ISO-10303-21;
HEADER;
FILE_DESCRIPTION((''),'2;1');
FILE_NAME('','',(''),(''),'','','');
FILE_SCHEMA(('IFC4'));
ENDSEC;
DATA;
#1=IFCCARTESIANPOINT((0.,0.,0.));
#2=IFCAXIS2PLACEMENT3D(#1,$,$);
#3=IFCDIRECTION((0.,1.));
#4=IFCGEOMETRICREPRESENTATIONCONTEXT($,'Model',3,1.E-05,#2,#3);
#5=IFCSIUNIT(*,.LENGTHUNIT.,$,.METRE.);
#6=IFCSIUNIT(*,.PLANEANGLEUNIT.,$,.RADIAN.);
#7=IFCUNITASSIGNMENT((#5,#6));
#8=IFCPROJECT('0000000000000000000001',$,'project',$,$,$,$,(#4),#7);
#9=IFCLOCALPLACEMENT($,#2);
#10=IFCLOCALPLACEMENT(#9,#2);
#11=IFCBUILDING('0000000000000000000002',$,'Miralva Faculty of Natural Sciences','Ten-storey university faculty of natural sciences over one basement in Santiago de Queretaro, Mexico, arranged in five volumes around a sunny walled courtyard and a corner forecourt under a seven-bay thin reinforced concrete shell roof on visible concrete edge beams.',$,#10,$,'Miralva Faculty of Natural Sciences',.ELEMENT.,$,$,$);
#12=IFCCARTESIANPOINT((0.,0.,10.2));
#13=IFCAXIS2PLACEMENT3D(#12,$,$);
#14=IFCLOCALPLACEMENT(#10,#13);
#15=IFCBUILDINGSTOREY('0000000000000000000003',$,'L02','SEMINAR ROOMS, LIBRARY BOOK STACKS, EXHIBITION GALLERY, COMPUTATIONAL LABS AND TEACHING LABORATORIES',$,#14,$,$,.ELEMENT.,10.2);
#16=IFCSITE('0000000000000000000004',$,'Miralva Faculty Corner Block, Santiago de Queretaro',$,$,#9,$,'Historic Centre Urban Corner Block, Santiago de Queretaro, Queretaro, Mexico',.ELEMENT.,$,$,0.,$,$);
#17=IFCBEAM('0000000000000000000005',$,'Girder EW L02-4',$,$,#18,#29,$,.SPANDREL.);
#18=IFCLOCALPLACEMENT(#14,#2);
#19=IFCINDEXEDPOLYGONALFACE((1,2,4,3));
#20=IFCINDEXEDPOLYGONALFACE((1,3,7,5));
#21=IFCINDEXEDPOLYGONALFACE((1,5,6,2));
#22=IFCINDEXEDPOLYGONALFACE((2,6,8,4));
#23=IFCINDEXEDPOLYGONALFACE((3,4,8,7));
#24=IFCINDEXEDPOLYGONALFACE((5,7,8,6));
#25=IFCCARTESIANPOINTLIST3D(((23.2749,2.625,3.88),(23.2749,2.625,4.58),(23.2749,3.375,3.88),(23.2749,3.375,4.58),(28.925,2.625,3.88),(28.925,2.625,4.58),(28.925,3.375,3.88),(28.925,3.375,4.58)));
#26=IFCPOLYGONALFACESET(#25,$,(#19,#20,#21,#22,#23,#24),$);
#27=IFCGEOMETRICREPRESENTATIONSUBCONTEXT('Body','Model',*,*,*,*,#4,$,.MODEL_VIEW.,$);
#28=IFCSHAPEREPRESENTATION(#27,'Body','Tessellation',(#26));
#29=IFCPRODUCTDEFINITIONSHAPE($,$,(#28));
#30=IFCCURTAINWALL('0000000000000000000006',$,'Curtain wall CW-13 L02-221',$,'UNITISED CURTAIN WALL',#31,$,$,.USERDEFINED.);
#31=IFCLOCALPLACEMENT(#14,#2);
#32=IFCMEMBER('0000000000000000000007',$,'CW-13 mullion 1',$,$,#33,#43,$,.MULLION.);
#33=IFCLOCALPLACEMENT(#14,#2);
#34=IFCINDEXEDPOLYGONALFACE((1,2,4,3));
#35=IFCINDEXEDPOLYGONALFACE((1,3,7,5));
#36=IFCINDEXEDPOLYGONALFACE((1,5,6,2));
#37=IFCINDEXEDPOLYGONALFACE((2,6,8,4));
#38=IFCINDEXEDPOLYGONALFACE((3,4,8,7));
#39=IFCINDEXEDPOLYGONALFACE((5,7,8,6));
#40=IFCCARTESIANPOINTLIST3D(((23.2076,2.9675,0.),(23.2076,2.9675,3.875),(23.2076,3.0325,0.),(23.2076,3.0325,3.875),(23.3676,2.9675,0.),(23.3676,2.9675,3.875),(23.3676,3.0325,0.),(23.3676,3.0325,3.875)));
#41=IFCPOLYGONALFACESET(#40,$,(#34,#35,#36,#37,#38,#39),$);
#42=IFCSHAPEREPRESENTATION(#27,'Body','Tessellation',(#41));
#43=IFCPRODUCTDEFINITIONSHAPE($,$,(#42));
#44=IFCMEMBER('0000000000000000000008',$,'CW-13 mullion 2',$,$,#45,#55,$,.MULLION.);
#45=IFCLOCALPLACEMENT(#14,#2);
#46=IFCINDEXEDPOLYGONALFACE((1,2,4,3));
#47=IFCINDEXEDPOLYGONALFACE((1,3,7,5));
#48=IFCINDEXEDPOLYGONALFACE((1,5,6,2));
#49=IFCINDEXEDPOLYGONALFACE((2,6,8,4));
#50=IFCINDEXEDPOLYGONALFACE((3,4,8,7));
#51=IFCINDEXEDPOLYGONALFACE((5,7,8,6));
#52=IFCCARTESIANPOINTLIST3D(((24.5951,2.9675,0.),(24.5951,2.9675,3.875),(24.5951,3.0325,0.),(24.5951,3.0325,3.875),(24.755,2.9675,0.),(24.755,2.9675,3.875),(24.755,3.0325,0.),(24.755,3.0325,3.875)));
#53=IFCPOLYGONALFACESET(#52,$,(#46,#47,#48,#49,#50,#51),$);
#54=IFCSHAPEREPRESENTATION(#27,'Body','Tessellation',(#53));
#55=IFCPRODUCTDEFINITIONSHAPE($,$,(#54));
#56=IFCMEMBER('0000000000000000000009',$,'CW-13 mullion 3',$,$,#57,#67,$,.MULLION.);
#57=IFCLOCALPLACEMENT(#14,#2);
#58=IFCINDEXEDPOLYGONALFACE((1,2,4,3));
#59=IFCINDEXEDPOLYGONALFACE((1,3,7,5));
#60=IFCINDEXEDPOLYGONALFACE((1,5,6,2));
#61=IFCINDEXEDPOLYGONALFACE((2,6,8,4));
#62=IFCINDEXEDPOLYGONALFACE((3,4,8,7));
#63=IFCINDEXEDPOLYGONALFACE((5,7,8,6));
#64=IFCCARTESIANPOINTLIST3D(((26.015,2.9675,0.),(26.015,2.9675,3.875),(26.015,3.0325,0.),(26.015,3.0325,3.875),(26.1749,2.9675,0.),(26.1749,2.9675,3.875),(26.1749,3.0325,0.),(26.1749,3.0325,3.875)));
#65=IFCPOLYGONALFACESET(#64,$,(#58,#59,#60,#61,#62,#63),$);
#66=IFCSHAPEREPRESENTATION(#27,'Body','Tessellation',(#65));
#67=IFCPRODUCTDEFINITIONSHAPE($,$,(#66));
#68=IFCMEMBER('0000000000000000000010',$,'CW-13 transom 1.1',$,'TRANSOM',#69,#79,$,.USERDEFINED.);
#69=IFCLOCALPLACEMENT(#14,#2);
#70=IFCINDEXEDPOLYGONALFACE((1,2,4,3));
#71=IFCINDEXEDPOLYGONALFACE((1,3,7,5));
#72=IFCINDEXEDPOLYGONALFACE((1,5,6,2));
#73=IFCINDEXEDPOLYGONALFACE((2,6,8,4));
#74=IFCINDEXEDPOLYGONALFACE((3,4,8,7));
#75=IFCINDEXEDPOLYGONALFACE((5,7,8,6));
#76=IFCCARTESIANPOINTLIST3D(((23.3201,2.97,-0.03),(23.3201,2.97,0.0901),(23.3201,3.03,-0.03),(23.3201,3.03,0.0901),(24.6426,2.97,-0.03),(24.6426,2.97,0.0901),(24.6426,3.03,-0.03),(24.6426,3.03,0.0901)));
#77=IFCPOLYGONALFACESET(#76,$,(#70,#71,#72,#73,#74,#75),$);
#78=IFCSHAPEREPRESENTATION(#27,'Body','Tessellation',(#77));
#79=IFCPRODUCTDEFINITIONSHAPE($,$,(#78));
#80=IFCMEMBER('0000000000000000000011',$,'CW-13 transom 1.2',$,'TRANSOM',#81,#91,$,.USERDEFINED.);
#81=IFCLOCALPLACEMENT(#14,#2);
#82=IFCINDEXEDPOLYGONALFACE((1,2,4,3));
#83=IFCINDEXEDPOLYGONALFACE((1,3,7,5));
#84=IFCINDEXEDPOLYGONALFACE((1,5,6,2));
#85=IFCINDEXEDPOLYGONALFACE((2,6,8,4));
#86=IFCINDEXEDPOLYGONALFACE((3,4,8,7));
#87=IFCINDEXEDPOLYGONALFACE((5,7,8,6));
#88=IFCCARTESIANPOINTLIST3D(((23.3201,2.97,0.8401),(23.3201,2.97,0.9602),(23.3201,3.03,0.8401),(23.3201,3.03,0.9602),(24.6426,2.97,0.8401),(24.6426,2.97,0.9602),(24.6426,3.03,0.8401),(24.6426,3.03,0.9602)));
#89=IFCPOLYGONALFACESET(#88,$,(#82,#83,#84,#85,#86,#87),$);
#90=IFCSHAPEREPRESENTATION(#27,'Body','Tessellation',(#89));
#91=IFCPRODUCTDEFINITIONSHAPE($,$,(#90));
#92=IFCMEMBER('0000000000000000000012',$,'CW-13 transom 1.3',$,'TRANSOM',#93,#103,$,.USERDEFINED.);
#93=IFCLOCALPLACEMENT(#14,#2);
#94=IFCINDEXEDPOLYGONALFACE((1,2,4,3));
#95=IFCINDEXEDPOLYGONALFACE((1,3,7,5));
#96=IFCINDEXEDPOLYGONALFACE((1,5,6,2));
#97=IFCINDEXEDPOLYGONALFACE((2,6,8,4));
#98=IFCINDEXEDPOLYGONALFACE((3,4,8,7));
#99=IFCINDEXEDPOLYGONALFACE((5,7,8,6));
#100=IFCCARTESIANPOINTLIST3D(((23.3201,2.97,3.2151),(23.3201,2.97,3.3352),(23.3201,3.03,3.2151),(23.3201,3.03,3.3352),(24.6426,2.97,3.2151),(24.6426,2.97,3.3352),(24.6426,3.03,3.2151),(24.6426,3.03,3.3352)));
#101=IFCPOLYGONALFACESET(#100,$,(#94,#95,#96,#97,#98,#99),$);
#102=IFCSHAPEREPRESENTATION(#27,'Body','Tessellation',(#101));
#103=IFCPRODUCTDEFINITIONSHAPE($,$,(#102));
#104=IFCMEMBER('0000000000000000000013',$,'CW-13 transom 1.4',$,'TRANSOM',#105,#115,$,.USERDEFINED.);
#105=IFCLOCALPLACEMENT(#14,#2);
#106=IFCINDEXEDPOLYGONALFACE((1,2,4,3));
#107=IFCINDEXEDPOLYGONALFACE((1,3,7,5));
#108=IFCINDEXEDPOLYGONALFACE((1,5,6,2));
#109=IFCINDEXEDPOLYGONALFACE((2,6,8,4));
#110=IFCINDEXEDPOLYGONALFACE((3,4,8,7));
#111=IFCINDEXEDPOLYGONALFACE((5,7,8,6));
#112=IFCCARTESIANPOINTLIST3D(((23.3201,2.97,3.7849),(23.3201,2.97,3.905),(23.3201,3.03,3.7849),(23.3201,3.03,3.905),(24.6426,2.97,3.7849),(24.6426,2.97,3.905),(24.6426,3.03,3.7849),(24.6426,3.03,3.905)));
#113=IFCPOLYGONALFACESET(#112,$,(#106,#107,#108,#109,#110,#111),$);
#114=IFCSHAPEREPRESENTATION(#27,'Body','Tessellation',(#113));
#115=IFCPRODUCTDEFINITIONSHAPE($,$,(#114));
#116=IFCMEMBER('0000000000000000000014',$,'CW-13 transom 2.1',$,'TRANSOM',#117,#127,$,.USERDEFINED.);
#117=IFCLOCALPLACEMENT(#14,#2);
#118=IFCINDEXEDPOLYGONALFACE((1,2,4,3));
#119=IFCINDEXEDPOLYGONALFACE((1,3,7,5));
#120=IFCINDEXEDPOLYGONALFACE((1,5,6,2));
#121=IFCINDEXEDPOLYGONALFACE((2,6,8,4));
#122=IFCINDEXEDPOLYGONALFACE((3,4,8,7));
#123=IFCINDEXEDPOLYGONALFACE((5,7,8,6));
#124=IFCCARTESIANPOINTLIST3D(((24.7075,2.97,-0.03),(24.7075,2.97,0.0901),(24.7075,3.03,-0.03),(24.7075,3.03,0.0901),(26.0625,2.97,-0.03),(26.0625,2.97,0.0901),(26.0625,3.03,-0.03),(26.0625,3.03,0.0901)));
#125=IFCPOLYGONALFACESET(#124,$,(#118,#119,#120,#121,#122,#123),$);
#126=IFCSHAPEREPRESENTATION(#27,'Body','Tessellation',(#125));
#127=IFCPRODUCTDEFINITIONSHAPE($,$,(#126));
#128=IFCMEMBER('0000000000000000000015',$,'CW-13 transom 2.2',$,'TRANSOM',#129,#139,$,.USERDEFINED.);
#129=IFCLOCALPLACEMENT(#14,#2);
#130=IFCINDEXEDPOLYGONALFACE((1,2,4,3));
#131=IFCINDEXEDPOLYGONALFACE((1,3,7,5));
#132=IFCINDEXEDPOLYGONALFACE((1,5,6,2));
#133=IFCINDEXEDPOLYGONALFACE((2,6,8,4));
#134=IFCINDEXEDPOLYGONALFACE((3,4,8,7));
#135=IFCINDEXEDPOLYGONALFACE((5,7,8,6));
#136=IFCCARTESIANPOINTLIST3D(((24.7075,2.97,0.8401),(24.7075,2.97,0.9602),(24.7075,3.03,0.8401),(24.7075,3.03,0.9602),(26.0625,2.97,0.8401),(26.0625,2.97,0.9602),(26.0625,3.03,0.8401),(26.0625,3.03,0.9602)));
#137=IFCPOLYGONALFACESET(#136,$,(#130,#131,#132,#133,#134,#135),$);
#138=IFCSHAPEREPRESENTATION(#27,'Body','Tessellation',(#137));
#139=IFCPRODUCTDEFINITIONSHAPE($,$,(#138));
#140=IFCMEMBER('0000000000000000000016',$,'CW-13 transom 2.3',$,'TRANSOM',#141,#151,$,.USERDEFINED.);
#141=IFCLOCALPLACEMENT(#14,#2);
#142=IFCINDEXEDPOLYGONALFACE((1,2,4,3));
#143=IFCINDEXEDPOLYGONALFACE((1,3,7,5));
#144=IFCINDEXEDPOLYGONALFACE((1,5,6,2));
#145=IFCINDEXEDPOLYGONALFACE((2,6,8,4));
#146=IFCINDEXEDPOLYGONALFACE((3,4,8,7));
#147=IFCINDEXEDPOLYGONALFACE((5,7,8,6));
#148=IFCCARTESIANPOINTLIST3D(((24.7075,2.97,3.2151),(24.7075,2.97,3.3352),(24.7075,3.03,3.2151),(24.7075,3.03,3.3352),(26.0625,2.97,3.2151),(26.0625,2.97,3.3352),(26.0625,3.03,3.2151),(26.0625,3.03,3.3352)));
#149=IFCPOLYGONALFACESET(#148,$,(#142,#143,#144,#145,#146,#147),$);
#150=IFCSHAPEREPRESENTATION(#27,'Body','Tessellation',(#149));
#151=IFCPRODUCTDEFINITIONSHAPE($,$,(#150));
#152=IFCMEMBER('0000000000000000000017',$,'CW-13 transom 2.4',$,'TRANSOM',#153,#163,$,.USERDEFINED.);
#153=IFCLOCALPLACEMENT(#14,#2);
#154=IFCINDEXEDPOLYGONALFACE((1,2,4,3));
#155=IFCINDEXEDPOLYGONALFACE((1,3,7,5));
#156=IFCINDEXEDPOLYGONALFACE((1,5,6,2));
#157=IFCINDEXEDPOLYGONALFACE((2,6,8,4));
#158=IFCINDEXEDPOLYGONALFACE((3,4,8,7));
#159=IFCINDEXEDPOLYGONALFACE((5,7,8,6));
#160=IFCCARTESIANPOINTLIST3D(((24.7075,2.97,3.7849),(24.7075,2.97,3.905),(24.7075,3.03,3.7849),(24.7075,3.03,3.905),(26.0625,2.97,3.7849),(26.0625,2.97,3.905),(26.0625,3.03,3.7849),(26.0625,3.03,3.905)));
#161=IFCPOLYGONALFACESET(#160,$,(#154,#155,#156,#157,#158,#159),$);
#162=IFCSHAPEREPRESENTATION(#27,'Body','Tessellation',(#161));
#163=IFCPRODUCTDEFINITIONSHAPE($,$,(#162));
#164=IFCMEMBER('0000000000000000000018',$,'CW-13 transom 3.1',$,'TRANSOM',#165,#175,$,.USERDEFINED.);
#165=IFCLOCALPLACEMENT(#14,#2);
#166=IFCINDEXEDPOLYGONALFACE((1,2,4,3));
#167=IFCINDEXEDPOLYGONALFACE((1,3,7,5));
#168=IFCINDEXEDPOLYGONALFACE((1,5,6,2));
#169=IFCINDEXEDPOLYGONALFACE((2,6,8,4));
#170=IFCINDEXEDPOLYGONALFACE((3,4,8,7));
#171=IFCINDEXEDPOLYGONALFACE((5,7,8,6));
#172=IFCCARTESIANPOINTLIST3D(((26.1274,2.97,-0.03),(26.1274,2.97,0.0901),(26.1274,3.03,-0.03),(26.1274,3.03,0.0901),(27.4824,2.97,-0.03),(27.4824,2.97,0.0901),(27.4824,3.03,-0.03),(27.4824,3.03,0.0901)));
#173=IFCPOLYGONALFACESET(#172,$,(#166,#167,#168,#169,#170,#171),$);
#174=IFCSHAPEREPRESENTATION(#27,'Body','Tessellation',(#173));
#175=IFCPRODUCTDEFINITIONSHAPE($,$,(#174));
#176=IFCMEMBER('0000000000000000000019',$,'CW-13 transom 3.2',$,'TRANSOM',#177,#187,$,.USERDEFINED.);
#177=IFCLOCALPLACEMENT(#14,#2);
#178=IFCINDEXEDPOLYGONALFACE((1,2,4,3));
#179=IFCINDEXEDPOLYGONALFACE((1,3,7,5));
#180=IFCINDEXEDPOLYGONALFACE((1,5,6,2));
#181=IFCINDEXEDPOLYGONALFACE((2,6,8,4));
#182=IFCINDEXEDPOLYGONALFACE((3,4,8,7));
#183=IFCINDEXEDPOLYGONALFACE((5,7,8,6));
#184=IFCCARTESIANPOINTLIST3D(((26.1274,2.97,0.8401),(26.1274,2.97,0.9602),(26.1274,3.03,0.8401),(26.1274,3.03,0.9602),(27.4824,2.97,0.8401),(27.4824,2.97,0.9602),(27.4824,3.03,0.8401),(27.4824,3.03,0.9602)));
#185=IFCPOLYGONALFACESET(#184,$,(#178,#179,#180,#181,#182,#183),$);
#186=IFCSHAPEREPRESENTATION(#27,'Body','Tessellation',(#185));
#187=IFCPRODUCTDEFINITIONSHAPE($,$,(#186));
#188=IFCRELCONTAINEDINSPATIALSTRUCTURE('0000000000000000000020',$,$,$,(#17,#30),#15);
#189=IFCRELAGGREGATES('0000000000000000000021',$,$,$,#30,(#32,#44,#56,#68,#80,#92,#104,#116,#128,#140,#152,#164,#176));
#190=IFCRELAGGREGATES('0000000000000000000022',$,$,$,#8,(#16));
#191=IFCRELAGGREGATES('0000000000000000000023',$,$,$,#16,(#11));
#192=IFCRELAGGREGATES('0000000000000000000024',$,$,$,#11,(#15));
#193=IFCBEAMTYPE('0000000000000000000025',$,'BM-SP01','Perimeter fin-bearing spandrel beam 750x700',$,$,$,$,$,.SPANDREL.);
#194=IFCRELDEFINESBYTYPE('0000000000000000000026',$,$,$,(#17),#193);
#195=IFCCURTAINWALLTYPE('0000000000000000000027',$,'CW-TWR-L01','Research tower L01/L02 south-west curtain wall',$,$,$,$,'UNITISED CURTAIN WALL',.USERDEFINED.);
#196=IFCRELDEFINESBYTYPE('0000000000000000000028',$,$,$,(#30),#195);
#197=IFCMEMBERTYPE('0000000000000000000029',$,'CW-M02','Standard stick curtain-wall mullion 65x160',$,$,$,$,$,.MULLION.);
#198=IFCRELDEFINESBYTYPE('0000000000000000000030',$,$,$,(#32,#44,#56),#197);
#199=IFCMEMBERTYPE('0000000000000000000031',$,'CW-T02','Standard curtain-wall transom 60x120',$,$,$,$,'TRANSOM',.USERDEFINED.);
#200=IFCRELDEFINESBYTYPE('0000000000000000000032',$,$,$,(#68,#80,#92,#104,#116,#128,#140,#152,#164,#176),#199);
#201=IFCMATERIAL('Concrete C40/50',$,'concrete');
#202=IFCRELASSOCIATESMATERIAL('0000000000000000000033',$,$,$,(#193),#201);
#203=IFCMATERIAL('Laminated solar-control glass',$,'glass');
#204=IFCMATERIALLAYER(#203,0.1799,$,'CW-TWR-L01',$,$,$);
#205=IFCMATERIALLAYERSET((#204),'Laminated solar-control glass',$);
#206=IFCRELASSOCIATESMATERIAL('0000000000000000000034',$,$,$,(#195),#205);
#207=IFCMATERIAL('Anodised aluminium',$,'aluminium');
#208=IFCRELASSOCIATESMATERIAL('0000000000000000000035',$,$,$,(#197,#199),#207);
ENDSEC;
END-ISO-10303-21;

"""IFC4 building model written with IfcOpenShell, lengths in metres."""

from ifc_helpers import new_model, si_unit, direction, frame, origin, origin_2d, place, context, subcontext, project, spatial, rectangle, extrude, material, layer, layer_set, material_profile, profile_set, type_object, element, aggregate, save


model = new_model("IFC4")

# Units and contexts
model_context = context("Model", 3, precision=1e-05, world=origin(), true_north=direction((0.0, 1.0)))
body_context = subcontext(model_context, "Body", "Model", "MODEL_VIEW")
ifc_project = project(units=[si_unit("LENGTHUNIT", "METRE"), si_unit("PLANEANGLEUNIT", "RADIAN")], contexts=[model_context])

# Site, building, storey
site_placement = place(None, origin())
site = spatial("IfcSite", under=ifc_project, at=site_placement, Name="Miralva Faculty Corner Block, Santiago de Queretaro", LongName="Historic Centre Urban Corner Block, Santiago de Queretaro, Queretaro, Mexico", CompositionType="ELEMENT", RefElevation=0.0)
building_placement = place(site_placement, origin())
building = spatial("IfcBuilding", under=site, at=building_placement, Name="Miralva Faculty of Natural Sciences", Description="Ten-storey university faculty of natural sciences over one basement in Santiago de Queretaro, Mexico, arranged in five volumes around a sunny walled courtyard and a corner forecourt under a seven-bay thin reinforced concrete shell roof on visible concrete edge beams.", LongName="Miralva Faculty of Natural Sciences", CompositionType="ELEMENT")
storey_placement = place(building_placement, frame((0.0, 0.0, 10.2)))
storey = spatial("IfcBuildingStorey", under=building, at=storey_placement, Name="L02", Description="SEMINAR ROOMS, LIBRARY BOOK STACKS, EXHIBITION GALLERY, COMPUTATIONAL LABS AND TEACHING LABORATORIES", CompositionType="ELEMENT", Elevation=10.2)

# Beam
ifc_material_1 = material(Name="Concrete C40/50", Category="concrete")
ifc_material_profile_1 = material_profile(ifc_material_1, rectangle(XDim=0.75, YDim=0.7, at=origin_2d()), Name="RC 750x700")
ifc_profile_set_1 = profile_set([ifc_material_profile_1], Name="Concrete C40/50")
beam_type = type_object("IfcBeamType", Name="BM-SP01", Description="Perimeter fin-bearing spandrel beam 750x700", PredefinedType="SPANDREL", material=ifc_profile_set_1)
beam_placement = place(storey_placement, frame((23.2749, 3.0, 4.23), z_axis=(1.0, 0.0, 0.0), x_axis=(0.0, 1.0, 0.0)))
element("IfcBeam", 1, at=beam_placement, inside=storey, type_object=beam_type, Name="Girder EW L02-4", PredefinedType="SPANDREL", context=body_context, shape_type="SweptSolid", body=[
    extrude(rectangle(XDim=0.75, YDim=0.7, at=origin_2d()), origin(), (0.0, 0.0, 1.0), 5.6501),
])

# Curtain wall, members
ifc_material_2 = material(Name="Laminated solar-control glass", Category="glass")
ifc_layer_1 = layer(ifc_material_2, 0.1799, Name="CW-TWR-L01")
ifc_layer_set_1 = layer_set([ifc_layer_1], Name="Laminated solar-control glass")
curtain_wall_type = type_object("IfcCurtainWallType", Name="CW-TWR-L01", Description="Research tower L01/L02 south-west curtain wall", ElementType="UNITISED CURTAIN WALL", PredefinedType="USERDEFINED", material=ifc_layer_set_1)
curtain_wall_placement = place(storey_placement, origin())
curtain_wall = element("IfcCurtainWall", 2, at=curtain_wall_placement, inside=storey, type_object=curtain_wall_type, Name="Curtain wall CW-13 L02-221", ObjectType="UNITISED CURTAIN WALL", PredefinedType="USERDEFINED")
ifc_material_3 = material(Name="Anodised aluminium", Category="aluminium")
ifc_material_profile_2 = material_profile(ifc_material_3, rectangle(XDim=0.0649, YDim=0.1599, at=origin_2d()), Name="MULLION 65x160")
ifc_profile_set_2 = profile_set([ifc_material_profile_2], Name="Anodised aluminium")
member_type_1 = type_object("IfcMemberType", Name="CW-M02", Description="Standard stick curtain-wall mullion 65x160", PredefinedType="MULLION", material=ifc_profile_set_2)
member_1_placement = place(storey_placement, frame((23.2876, 3.0, 0.0), z_axis=(0.0, 0.0, 1.0), x_axis=(0.0, 1.0, 0.0)))
member_1 = element("IfcMember", 3, at=member_1_placement, type_object=member_type_1, Name="CW-13 mullion 1", PredefinedType="MULLION", context=body_context, shape_type="SweptSolid", body=[
    extrude(rectangle(XDim=0.0649, YDim=0.1599, at=origin_2d()), origin(), (0.0, 0.0, 1.0), 3.875),
])
member_2_placement = place(storey_placement, frame((24.675, 3.0, 0.0), z_axis=(0.0, 0.0, 1.0), x_axis=(0.0, 1.0, 0.0)))
member_2 = element("IfcMember", 4, at=member_2_placement, type_object=member_type_1, Name="CW-13 mullion 2", PredefinedType="MULLION", context=body_context, shape_type="SweptSolid", body=[
    extrude(rectangle(XDim=0.0649, YDim=0.1599, at=origin_2d()), origin(), (0.0, 0.0, 1.0), 3.875),
])
member_3_placement = place(storey_placement, frame((26.095, 3.0, 0.0), z_axis=(0.0, 0.0, 1.0), x_axis=(0.0, 1.0, 0.0)))
member_3 = element("IfcMember", 5, at=member_3_placement, type_object=member_type_1, Name="CW-13 mullion 3", PredefinedType="MULLION", context=body_context, shape_type="SweptSolid", body=[
    extrude(rectangle(XDim=0.0649, YDim=0.1599, at=origin_2d()), origin(), (0.0, 0.0, 1.0), 3.875),
])
ifc_material_profile_3 = material_profile(ifc_material_3, rectangle(XDim=0.0601, YDim=0.1201, at=origin_2d()), Name="TRANSOM 60x120")
ifc_profile_set_3 = profile_set([ifc_material_profile_3], Name="Anodised aluminium")
member_type_2 = type_object("IfcMemberType", Name="CW-T02", Description="Standard curtain-wall transom 60x120", ElementType="TRANSOM", PredefinedType="USERDEFINED", material=ifc_profile_set_3)
member_4_placement = place(storey_placement, frame((23.3201, 3.0, 0.03), z_axis=(1.0, 0.0, 0.0), x_axis=(0.0, 1.0, 0.0)))
member_4 = element("IfcMember", 6, at=member_4_placement, type_object=member_type_2, Name="CW-13 transom 1.1", ObjectType="TRANSOM", PredefinedType="USERDEFINED", context=body_context, shape_type="SweptSolid", body=[
    extrude(rectangle(XDim=0.0601, YDim=0.1201, at=origin_2d()), origin(), (0.0, 0.0, 1.0), 1.3225),
])
member_5_placement = place(storey_placement, frame((23.3201, 3.0, 0.9001), z_axis=(1.0, 0.0, 0.0), x_axis=(0.0, 1.0, 0.0)))
member_5 = element("IfcMember", 7, at=member_5_placement, type_object=member_type_2, Name="CW-13 transom 1.2", ObjectType="TRANSOM", PredefinedType="USERDEFINED", context=body_context, shape_type="SweptSolid", body=[
    extrude(rectangle(XDim=0.0601, YDim=0.1201, at=origin_2d()), origin(), (0.0, 0.0, 1.0), 1.3225),
])
member_6_placement = place(storey_placement, frame((23.3201, 3.0, 3.2751), z_axis=(1.0, 0.0, 0.0), x_axis=(0.0, 1.0, 0.0)))
member_6 = element("IfcMember", 8, at=member_6_placement, type_object=member_type_2, Name="CW-13 transom 1.3", ObjectType="TRANSOM", PredefinedType="USERDEFINED", context=body_context, shape_type="SweptSolid", body=[
    extrude(rectangle(XDim=0.0601, YDim=0.1201, at=origin_2d()), origin(), (0.0, 0.0, 1.0), 1.3225),
])
member_7_placement = place(storey_placement, frame((23.3201, 3.0, 3.845), z_axis=(1.0, 0.0, 0.0), x_axis=(0.0, 1.0, 0.0)))
member_7 = element("IfcMember", 9, at=member_7_placement, type_object=member_type_2, Name="CW-13 transom 1.4", ObjectType="TRANSOM", PredefinedType="USERDEFINED", context=body_context, shape_type="SweptSolid", body=[
    extrude(rectangle(XDim=0.0601, YDim=0.1201, at=origin_2d()), origin(), (0.0, 0.0, 1.0), 1.3225),
])
member_8_placement = place(storey_placement, frame((24.7075, 3.0, 0.03), z_axis=(1.0, 0.0, 0.0), x_axis=(0.0, 1.0, 0.0)))
member_8 = element("IfcMember", 10, at=member_8_placement, type_object=member_type_2, Name="CW-13 transom 2.1", ObjectType="TRANSOM", PredefinedType="USERDEFINED", context=body_context, shape_type="SweptSolid", body=[
    extrude(rectangle(XDim=0.0601, YDim=0.1201, at=origin_2d()), origin(), (0.0, 0.0, 1.0), 1.355),
])
member_9_placement = place(storey_placement, frame((24.7075, 3.0, 0.9001), z_axis=(1.0, 0.0, 0.0), x_axis=(0.0, 1.0, 0.0)))
member_9 = element("IfcMember", 11, at=member_9_placement, type_object=member_type_2, Name="CW-13 transom 2.2", ObjectType="TRANSOM", PredefinedType="USERDEFINED", context=body_context, shape_type="SweptSolid", body=[
    extrude(rectangle(XDim=0.0601, YDim=0.1201, at=origin_2d()), origin(), (0.0, 0.0, 1.0), 1.355),
])
member_10_placement = place(storey_placement, frame((24.7075, 3.0, 3.2751), z_axis=(1.0, 0.0, 0.0), x_axis=(0.0, 1.0, 0.0)))
member_10 = element("IfcMember", 12, at=member_10_placement, type_object=member_type_2, Name="CW-13 transom 2.3", ObjectType="TRANSOM", PredefinedType="USERDEFINED", context=body_context, shape_type="SweptSolid", body=[
    extrude(rectangle(XDim=0.0601, YDim=0.1201, at=origin_2d()), origin(), (0.0, 0.0, 1.0), 1.355),
])
member_11_placement = place(storey_placement, frame((24.7075, 3.0, 3.845), z_axis=(1.0, 0.0, 0.0), x_axis=(0.0, 1.0, 0.0)))
member_11 = element("IfcMember", 13, at=member_11_placement, type_object=member_type_2, Name="CW-13 transom 2.4", ObjectType="TRANSOM", PredefinedType="USERDEFINED", context=body_context, shape_type="SweptSolid", body=[
    extrude(rectangle(XDim=0.0601, YDim=0.1201, at=origin_2d()), origin(), (0.0, 0.0, 1.0), 1.355),
])
member_12_placement = place(storey_placement, frame((26.1274, 3.0, 0.03), z_axis=(1.0, 0.0, 0.0), x_axis=(0.0, 1.0, 0.0)))
member_12 = element("IfcMember", 14, at=member_12_placement, type_object=member_type_2, Name="CW-13 transom 3.1", ObjectType="TRANSOM", PredefinedType="USERDEFINED", context=body_context, shape_type="SweptSolid", body=[
    extrude(rectangle(XDim=0.0601, YDim=0.1201, at=origin_2d()), origin(), (0.0, 0.0, 1.0), 1.355),
])
member_13_placement = place(storey_placement, frame((26.1274, 3.0, 0.9001), z_axis=(1.0, 0.0, 0.0), x_axis=(0.0, 1.0, 0.0)))
member_13 = element("IfcMember", 15, at=member_13_placement, type_object=member_type_2, Name="CW-13 transom 3.2", ObjectType="TRANSOM", PredefinedType="USERDEFINED", context=body_context, shape_type="SweptSolid", body=[
    extrude(rectangle(XDim=0.0601, YDim=0.1201, at=origin_2d()), origin(), (0.0, 0.0, 1.0), 1.355),
])

aggregate(curtain_wall, [member_1, member_2, member_3, member_4, member_5, member_6, member_7, member_8, member_9, member_10, member_11, member_12, member_13])

save(model, "model.ifc")
